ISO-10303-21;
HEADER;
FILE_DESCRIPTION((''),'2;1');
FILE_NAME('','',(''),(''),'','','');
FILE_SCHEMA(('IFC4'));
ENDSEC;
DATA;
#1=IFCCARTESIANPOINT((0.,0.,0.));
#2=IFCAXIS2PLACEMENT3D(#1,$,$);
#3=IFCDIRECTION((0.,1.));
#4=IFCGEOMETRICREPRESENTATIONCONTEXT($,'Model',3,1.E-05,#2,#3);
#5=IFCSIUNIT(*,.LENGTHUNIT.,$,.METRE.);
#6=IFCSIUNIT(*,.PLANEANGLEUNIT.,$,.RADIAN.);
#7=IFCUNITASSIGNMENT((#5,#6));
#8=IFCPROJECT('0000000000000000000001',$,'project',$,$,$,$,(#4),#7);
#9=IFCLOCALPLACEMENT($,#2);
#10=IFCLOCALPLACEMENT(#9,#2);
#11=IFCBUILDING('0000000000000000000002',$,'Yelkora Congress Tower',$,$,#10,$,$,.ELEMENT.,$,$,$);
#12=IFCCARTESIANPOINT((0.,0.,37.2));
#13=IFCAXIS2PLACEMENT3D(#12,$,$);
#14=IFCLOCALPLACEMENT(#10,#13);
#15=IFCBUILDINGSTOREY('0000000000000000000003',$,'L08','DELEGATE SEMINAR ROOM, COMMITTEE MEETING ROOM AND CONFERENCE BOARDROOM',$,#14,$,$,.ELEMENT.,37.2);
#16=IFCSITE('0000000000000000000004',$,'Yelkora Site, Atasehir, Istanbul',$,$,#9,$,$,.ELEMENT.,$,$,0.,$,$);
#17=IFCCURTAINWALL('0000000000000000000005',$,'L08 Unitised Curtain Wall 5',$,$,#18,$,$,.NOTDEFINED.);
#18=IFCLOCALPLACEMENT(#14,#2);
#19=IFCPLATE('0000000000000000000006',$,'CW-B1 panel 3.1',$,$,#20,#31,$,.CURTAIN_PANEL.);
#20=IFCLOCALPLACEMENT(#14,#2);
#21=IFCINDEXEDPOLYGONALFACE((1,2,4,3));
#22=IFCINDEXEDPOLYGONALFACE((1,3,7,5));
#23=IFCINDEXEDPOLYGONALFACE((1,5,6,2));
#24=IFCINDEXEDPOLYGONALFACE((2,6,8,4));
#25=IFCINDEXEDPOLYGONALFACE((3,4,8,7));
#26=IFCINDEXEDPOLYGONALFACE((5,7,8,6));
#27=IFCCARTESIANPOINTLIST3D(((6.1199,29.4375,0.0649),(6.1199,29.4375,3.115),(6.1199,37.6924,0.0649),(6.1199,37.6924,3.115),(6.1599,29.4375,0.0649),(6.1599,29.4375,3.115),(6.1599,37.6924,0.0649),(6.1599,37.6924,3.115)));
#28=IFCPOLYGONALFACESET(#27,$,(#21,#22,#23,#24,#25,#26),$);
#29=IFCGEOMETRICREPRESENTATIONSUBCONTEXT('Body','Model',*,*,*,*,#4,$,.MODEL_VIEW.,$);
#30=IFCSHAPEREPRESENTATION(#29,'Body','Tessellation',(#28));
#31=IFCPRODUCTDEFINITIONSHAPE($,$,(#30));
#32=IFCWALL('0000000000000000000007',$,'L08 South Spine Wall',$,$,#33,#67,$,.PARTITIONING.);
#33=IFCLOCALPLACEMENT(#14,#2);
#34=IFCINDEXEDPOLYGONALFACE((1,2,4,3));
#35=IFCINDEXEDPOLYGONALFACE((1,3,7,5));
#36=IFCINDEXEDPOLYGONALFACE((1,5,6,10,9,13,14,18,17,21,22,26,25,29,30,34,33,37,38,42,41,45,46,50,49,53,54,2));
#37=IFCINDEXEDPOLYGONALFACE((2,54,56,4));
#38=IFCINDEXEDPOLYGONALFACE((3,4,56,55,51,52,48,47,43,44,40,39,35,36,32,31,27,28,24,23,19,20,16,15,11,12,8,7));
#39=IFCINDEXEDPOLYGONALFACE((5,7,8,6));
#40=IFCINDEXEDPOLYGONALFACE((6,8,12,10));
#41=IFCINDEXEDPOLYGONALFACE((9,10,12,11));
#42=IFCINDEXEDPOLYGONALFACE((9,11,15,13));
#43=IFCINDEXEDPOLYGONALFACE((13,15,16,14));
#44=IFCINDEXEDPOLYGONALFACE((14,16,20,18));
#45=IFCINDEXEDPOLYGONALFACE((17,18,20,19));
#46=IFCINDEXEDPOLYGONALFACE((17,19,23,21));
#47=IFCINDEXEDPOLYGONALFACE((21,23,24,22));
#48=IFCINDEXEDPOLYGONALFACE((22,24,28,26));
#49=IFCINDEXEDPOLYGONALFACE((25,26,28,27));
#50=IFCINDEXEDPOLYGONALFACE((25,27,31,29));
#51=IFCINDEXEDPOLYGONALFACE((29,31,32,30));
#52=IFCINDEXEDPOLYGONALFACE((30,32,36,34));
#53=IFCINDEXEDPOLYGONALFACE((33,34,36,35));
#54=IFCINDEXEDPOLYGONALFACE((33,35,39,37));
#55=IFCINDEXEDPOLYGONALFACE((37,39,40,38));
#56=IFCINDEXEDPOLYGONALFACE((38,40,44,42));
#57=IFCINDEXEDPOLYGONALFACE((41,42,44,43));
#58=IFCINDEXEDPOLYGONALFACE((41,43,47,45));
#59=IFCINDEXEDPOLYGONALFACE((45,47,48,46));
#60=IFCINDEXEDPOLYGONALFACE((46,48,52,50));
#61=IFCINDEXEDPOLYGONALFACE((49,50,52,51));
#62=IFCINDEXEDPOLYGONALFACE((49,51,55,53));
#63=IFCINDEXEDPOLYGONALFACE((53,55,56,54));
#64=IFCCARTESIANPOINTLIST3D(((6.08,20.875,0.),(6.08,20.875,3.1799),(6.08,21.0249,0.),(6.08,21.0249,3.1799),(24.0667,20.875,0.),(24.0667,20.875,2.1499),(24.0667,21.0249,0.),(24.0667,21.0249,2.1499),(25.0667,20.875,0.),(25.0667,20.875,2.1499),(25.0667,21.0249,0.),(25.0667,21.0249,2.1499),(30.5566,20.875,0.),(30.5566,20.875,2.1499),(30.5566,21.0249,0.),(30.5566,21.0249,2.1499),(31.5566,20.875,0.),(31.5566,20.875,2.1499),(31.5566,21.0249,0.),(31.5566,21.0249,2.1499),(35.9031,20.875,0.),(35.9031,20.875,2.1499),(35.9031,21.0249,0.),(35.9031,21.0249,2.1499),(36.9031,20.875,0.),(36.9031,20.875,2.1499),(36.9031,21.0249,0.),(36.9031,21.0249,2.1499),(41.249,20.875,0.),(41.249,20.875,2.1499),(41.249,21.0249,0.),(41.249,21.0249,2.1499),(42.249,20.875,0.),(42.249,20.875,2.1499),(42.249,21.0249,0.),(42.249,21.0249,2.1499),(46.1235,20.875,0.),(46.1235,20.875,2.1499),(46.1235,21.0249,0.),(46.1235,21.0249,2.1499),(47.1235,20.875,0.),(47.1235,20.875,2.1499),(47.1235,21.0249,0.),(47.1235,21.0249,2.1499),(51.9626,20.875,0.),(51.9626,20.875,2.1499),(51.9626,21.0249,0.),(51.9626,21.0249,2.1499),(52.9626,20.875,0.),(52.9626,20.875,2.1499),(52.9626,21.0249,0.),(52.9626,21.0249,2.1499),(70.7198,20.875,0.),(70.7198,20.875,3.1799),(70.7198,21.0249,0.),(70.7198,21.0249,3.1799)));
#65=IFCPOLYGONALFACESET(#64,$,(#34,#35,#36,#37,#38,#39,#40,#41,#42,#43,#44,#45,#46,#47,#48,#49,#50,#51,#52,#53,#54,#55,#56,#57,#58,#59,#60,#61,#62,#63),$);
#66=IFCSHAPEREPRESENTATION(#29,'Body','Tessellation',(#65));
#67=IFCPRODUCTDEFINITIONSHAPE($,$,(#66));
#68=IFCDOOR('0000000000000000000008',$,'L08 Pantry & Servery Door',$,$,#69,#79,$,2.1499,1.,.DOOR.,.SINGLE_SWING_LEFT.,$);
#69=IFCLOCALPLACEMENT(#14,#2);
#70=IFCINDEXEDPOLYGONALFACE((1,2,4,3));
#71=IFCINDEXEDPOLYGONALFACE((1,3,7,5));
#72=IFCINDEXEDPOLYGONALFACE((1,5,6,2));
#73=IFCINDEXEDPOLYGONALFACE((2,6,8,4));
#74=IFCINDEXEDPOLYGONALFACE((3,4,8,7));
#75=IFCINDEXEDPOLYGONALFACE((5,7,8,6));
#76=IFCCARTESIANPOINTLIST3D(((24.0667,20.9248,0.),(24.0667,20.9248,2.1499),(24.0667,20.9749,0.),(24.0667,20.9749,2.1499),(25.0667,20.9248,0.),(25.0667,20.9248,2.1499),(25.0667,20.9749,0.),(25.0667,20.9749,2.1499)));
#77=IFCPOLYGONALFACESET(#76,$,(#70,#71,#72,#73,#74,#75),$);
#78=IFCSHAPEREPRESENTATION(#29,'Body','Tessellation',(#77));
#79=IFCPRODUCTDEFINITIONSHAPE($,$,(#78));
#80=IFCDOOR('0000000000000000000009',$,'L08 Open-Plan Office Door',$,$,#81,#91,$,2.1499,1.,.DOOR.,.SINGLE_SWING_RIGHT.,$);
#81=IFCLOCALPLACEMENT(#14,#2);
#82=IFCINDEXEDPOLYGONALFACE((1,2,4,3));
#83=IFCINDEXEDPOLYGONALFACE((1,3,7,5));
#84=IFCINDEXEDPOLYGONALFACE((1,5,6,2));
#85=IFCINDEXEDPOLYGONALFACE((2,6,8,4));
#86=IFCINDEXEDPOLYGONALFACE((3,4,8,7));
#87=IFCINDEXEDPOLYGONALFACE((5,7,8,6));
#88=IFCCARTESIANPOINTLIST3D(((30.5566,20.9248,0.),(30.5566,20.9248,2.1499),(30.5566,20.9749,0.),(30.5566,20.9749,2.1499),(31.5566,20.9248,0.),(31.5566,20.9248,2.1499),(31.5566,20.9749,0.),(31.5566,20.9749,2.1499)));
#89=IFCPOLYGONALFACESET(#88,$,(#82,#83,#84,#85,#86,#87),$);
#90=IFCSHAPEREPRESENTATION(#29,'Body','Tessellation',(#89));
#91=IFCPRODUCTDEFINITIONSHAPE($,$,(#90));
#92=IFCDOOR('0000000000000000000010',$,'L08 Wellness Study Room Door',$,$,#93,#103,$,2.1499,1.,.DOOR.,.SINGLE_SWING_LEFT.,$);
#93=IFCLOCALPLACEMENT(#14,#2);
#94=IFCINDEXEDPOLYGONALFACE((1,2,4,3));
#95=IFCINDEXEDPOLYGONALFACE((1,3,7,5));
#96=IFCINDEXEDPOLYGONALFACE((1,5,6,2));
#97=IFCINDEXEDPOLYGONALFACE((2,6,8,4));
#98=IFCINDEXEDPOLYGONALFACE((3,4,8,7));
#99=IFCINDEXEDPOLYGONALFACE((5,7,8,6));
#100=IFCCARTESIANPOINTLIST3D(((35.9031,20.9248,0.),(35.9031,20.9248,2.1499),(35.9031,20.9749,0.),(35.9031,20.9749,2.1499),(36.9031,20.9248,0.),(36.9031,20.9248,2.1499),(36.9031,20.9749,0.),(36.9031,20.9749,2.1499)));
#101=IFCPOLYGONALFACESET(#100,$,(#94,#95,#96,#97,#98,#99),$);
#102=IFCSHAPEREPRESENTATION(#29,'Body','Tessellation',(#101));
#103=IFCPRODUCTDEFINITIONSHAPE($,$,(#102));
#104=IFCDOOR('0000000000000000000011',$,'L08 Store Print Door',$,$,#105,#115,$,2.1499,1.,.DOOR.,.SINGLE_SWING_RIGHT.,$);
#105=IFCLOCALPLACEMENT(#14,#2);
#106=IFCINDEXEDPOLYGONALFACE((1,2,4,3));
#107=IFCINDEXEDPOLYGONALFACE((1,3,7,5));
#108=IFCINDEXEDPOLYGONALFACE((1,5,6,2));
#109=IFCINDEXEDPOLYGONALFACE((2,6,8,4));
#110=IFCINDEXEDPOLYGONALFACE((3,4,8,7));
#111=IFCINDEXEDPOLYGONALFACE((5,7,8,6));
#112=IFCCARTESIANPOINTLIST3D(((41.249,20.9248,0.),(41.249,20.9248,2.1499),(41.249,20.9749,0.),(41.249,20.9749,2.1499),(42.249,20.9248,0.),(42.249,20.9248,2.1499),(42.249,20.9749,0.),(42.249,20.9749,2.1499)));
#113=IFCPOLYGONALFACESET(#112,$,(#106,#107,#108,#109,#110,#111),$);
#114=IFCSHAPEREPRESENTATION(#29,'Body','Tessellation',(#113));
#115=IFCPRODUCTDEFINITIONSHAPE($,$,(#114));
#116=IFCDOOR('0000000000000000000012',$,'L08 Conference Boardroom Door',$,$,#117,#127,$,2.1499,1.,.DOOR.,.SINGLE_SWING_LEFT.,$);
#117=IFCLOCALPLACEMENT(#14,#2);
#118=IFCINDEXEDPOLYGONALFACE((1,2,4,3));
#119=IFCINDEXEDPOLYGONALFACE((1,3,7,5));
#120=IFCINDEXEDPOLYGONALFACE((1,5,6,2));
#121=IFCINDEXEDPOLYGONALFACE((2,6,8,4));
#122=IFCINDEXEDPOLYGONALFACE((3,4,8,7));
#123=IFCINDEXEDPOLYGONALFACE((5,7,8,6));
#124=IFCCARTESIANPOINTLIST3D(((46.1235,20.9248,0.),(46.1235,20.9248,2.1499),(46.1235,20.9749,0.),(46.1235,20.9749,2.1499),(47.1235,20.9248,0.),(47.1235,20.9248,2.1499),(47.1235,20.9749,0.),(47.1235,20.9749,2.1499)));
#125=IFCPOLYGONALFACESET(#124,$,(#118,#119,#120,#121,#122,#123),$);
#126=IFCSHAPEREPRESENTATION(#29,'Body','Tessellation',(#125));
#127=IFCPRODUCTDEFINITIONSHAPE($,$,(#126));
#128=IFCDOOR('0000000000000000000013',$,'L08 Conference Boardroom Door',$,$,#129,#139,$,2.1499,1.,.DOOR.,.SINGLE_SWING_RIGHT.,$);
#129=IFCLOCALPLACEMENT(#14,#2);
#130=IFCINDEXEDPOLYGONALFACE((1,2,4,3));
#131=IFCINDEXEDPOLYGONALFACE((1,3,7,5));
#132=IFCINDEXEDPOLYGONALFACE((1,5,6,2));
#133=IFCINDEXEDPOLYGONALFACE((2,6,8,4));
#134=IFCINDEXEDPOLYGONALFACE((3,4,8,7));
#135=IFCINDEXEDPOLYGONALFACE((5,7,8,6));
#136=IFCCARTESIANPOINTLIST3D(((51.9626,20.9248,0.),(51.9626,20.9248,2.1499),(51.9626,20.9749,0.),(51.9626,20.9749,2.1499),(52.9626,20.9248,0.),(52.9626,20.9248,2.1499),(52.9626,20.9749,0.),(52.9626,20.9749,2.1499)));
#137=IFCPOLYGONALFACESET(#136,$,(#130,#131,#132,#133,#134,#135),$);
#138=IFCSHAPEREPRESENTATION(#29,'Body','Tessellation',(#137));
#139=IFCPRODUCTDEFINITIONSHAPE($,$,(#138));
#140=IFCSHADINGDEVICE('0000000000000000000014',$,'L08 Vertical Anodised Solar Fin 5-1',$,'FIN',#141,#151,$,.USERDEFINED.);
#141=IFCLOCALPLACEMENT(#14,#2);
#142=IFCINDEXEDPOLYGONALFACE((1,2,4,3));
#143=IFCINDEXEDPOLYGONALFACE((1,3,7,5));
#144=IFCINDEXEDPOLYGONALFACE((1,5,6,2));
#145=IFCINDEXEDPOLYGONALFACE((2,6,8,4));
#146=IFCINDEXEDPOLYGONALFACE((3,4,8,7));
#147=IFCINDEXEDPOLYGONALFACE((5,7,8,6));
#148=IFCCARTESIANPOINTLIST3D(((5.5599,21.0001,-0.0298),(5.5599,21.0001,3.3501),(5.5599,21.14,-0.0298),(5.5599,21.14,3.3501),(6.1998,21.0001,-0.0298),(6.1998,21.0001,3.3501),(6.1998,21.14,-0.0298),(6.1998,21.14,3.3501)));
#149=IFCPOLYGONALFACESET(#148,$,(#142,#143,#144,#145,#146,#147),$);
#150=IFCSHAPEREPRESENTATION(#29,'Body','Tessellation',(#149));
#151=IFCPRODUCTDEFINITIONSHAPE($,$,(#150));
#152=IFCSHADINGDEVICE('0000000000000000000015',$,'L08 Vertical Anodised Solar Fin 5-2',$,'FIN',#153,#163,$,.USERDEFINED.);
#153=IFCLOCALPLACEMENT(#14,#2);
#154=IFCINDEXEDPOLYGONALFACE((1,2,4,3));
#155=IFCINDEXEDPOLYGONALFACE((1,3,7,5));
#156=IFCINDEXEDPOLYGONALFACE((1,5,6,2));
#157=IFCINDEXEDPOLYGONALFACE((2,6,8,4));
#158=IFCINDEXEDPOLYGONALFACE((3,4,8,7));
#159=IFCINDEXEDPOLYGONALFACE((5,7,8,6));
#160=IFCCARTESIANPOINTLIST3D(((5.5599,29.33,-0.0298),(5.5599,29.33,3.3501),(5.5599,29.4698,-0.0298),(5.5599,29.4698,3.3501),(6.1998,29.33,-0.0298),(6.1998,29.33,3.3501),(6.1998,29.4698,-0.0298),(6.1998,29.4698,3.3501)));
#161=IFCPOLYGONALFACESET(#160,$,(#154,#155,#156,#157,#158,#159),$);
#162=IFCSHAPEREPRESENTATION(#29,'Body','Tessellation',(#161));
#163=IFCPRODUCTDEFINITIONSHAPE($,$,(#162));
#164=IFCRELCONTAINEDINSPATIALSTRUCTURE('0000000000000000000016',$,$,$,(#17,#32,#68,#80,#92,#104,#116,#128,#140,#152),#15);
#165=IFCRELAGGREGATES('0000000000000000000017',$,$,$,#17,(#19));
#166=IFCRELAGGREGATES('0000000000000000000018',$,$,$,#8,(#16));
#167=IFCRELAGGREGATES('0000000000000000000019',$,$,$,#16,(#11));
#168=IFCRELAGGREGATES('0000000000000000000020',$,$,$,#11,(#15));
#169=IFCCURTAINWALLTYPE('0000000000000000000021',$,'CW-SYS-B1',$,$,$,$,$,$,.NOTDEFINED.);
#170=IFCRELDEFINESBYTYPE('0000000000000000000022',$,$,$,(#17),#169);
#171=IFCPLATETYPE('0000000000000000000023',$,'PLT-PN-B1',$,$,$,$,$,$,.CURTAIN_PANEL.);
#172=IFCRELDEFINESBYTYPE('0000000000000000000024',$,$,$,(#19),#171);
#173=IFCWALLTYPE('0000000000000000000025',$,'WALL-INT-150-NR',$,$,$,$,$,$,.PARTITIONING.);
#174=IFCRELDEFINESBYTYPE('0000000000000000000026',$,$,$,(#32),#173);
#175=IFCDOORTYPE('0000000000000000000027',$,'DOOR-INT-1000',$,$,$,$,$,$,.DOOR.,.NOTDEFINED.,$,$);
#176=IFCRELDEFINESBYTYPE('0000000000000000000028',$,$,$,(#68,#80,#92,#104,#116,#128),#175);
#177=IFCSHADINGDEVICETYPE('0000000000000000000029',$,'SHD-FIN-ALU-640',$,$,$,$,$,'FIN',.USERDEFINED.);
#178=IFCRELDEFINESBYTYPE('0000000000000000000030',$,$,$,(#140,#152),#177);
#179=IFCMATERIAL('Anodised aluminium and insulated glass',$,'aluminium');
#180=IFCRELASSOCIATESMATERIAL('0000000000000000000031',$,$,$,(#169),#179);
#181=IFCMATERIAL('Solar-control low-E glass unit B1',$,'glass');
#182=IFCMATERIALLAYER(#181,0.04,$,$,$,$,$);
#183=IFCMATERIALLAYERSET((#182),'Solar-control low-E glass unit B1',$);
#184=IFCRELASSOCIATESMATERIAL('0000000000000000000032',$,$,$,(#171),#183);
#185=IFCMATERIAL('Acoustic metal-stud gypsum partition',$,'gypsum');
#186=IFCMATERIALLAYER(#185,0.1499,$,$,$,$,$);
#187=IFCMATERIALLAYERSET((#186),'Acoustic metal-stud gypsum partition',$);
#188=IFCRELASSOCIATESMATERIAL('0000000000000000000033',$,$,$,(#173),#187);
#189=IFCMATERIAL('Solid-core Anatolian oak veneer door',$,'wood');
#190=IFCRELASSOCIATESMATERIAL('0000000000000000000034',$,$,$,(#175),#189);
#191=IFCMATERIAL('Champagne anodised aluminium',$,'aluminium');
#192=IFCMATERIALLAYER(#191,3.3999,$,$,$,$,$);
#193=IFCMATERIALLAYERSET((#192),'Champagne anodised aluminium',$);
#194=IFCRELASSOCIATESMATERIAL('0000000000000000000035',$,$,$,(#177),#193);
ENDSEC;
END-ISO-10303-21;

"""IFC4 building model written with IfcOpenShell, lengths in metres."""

from ifc_helpers import new_model, si_unit, direction, frame, frame_2d, origin, origin_2d, place, context, subcontext, project, spatial, rectangle, extrude, material, layer, layer_set, type_object, element, fill, aggregate, save


model = new_model("IFC4")

# Units and contexts
model_context = context("Model", 3, precision=1e-05, world=origin(), true_north=direction((0.0, 1.0)))
body_context = subcontext(model_context, "Body", "Model", "MODEL_VIEW")
ifc_project = project(units=[si_unit("LENGTHUNIT", "METRE"), si_unit("PLANEANGLEUNIT", "RADIAN")], contexts=[model_context])

# Site, building, storey
site_placement = place(None, origin())
site = spatial("IfcSite", under=ifc_project, at=site_placement, Name="Yelkora Site, Atasehir, Istanbul", CompositionType="ELEMENT", RefElevation=0.0)
building_placement = place(site_placement, origin())
building = spatial("IfcBuilding", under=site, at=building_placement, Name="Yelkora Congress Tower", CompositionType="ELEMENT")
storey_placement = place(building_placement, frame((0.0, 0.0, 37.2)))
storey = spatial("IfcBuildingStorey", under=building, at=storey_placement, Name="L08", Description="DELEGATE SEMINAR ROOM, COMMITTEE MEETING ROOM AND CONFERENCE BOARDROOM", CompositionType="ELEMENT", Elevation=37.2)

# Curtain wall, plate
ifc_material_1 = material(Name="Anodised aluminium and insulated glass", Category="aluminium")
curtain_wall_type = type_object("IfcCurtainWallType", Name="CW-SYS-B1", PredefinedType="NOTDEFINED", material=ifc_material_1)
curtain_wall_placement = place(storey_placement, origin())
curtain_wall = element("IfcCurtainWall", 1, at=curtain_wall_placement, inside=storey, type_object=curtain_wall_type, Name="L08 Unitised Curtain Wall 5", PredefinedType="NOTDEFINED")
ifc_material_2 = material(Name="Solar-control low-E glass unit B1", Category="glass")
ifc_layer_1 = layer(ifc_material_2, 0.04)
ifc_layer_set_1 = layer_set([ifc_layer_1], Name="Solar-control low-E glass unit B1")
plate_type = type_object("IfcPlateType", Name="PLT-PN-B1", PredefinedType="CURTAIN_PANEL", material=ifc_layer_set_1)
plate_1_placement = place(storey_placement, frame((6.1399, 33.5649, 0.0649), z_axis=(0.0, 0.0, 1.0), x_axis=(0.0, 1.0, 0.0)))
plate_1 = element("IfcPlate", 2, at=plate_1_placement, type_object=plate_type, Name="CW-B1 panel 3.1", PredefinedType="CURTAIN_PANEL", context=body_context, shape_type="SweptSolid", body=[
    extrude(rectangle(XDim=8.2549, YDim=0.04, at=origin_2d()), origin(), (0.0, 0.0, 1.0), 3.05),
])
aggregate(curtain_wall, [plate_1])

# Wall, openings, doors
ifc_material_3 = material(Name="Acoustic metal-stud gypsum partition", Category="gypsum")
ifc_layer_2 = layer(ifc_material_3, 0.1499)
ifc_layer_set_2 = layer_set([ifc_layer_2], Name="Acoustic metal-stud gypsum partition")
wall_type = type_object("IfcWallType", Name="WALL-INT-150-NR", PredefinedType="PARTITIONING", material=ifc_layer_set_2)
wall_placement = place(storey_placement, frame((6.0801, 20.95, 0.0), z_axis=(0.0, 0.0, 1.0), x_axis=(1.0, 0.0, 0.0)))
wall = element("IfcWall", 3, at=wall_placement, inside=storey, type_object=wall_type, Name="L08 South Spine Wall", PredefinedType="PARTITIONING", context=body_context, shape_type="SweptSolid", body=[
    extrude(rectangle(XDim=64.6399, YDim=0.1499, at=frame_2d((32.3198, 0.0))), origin(), (0.0, 0.0, 1.0), 3.1799),
])
opening_1_placement = place(wall_placement, frame((17.9866, 0.0, 0.0)))
opening_1 = element("IfcOpeningElement", 4, at=opening_1_placement, cuts=wall, PredefinedType="OPENING", context=body_context, shape_type="SweptSolid", body=[
    extrude(rectangle(XDim=1.0, YDim=2.1499, at=frame_2d((0.5, 1.075))), frame((0.0, 0.085, 0.0), z_axis=(0.0, -1.0, 0.0), x_axis=(1.0, 0.0, 0.0)), (0.0, 0.0, 1.0), 0.1699),
])
opening_2_placement = place(wall_placement, frame((24.4766, 0.0, 0.0)))
opening_2 = element("IfcOpeningElement", 5, at=opening_2_placement, cuts=wall, PredefinedType="OPENING", context=body_context, shape_type="SweptSolid", body=[
    extrude(rectangle(XDim=1.0, YDim=2.1499, at=frame_2d((0.5, 1.075))), frame((0.0, 0.085, 0.0), z_axis=(0.0, -1.0, 0.0), x_axis=(1.0, 0.0, 0.0)), (0.0, 0.0, 1.0), 0.1699),
])
opening_3_placement = place(wall_placement, frame((29.823, 0.0, 0.0)))
opening_3 = element("IfcOpeningElement", 6, at=opening_3_placement, cuts=wall, PredefinedType="OPENING", context=body_context, shape_type="SweptSolid", body=[
    extrude(rectangle(XDim=1.0, YDim=2.1499, at=frame_2d((0.5, 1.075))), frame((0.0, 0.085, 0.0), z_axis=(0.0, -1.0, 0.0), x_axis=(1.0, 0.0, 0.0)), (0.0, 0.0, 1.0), 0.1699),
])
opening_4_placement = place(wall_placement, frame((35.1689, 0.0, 0.0)))
opening_4 = element("IfcOpeningElement", 7, at=opening_4_placement, cuts=wall, PredefinedType="OPENING", context=body_context, shape_type="SweptSolid", body=[
    extrude(rectangle(XDim=1.0, YDim=2.1499, at=frame_2d((0.5, 1.075))), frame((0.0, 0.085, 0.0), z_axis=(0.0, -1.0, 0.0), x_axis=(1.0, 0.0, 0.0)), (0.0, 0.0, 1.0), 0.1699),
])
opening_5_placement = place(wall_placement, frame((40.0435, 0.0, 0.0)))
opening_5 = element("IfcOpeningElement", 8, at=opening_5_placement, cuts=wall, PredefinedType="OPENING", context=body_context, shape_type="SweptSolid", body=[
    extrude(rectangle(XDim=1.0, YDim=2.1499, at=frame_2d((0.5, 1.075))), frame((0.0, 0.085, 0.0), z_axis=(0.0, -1.0, 0.0), x_axis=(1.0, 0.0, 0.0)), (0.0, 0.0, 1.0), 0.1699),
])
opening_6_placement = place(wall_placement, frame((45.8826, 0.0, 0.0)))
opening_6 = element("IfcOpeningElement", 9, at=opening_6_placement, cuts=wall, PredefinedType="OPENING", context=body_context, shape_type="SweptSolid", body=[
    extrude(rectangle(XDim=1.0, YDim=2.1499, at=frame_2d((0.5, 1.075))), frame((0.0, 0.085, 0.0), z_axis=(0.0, -1.0, 0.0), x_axis=(1.0, 0.0, 0.0)), (0.0, 0.0, 1.0), 0.1699),
])
ifc_material_4 = material(Name="Solid-core Anatolian oak veneer door", Category="wood")
door_type = type_object("IfcDoorType", Name="DOOR-INT-1000", OperationType="NOTDEFINED", PredefinedType="DOOR", material=ifc_material_4)
door_1_placement = place(opening_1_placement, origin())
door_1 = element("IfcDoor", 10, at=door_1_placement, inside=storey, type_object=door_type, Name="L08 Pantry & Servery Door", OperationType="SINGLE_SWING_LEFT", OverallHeight=2.1499, OverallWidth=1.0, PredefinedType="DOOR", context=body_context, shape_type="SweptSolid", body=[
    extrude(rectangle(XDim=1.0, YDim=2.1499, at=frame_2d((0.5, 1.075))), frame((0.0, 0.0249, 0.0), z_axis=(0.0, -1.0, 0.0), x_axis=(1.0, 0.0, 0.0)), (0.0, 0.0, 1.0), 0.05),
])
fill(opening_1, door_1)
door_2_placement = place(opening_2_placement, origin())
door_2 = element("IfcDoor", 11, at=door_2_placement, inside=storey, type_object=door_type, Name="L08 Open-Plan Office Door", OperationType="SINGLE_SWING_RIGHT", OverallHeight=2.1499, OverallWidth=1.0, PredefinedType="DOOR", context=body_context, shape_type="SweptSolid", body=[
    extrude(rectangle(XDim=1.0, YDim=2.1499, at=frame_2d((0.5, 1.075))), frame((0.0, 0.0249, 0.0), z_axis=(0.0, -1.0, 0.0), x_axis=(1.0, 0.0, 0.0)), (0.0, 0.0, 1.0), 0.05),
])
fill(opening_2, door_2)
door_3_placement = place(opening_3_placement, origin())
door_3 = element("IfcDoor", 12, at=door_3_placement, inside=storey, type_object=door_type, Name="L08 Wellness Study Room Door", OperationType="SINGLE_SWING_LEFT", OverallHeight=2.1499, OverallWidth=1.0, PredefinedType="DOOR", context=body_context, shape_type="SweptSolid", body=[
    extrude(rectangle(XDim=1.0, YDim=2.1499, at=frame_2d((0.5, 1.075))), frame((0.0, 0.0249, 0.0), z_axis=(0.0, -1.0, 0.0), x_axis=(1.0, 0.0, 0.0)), (0.0, 0.0, 1.0), 0.05),
])
fill(opening_3, door_3)
door_4_placement = place(opening_4_placement, origin())
door_4 = element("IfcDoor", 13, at=door_4_placement, inside=storey, type_object=door_type, Name="L08 Store Print Door", OperationType="SINGLE_SWING_RIGHT", OverallHeight=2.1499, OverallWidth=1.0, PredefinedType="DOOR", context=body_context, shape_type="SweptSolid", body=[
    extrude(rectangle(XDim=1.0, YDim=2.1499, at=frame_2d((0.5, 1.075))), frame((0.0, 0.0249, 0.0), z_axis=(0.0, -1.0, 0.0), x_axis=(1.0, 0.0, 0.0)), (0.0, 0.0, 1.0), 0.05),
])
fill(opening_4, door_4)
door_5_placement = place(opening_5_placement, origin())
door_5 = element("IfcDoor", 14, at=door_5_placement, inside=storey, type_object=door_type, Name="L08 Conference Boardroom Door", OperationType="SINGLE_SWING_LEFT", OverallHeight=2.1499, OverallWidth=1.0, PredefinedType="DOOR", context=body_context, shape_type="SweptSolid", body=[
    extrude(rectangle(XDim=1.0, YDim=2.1499, at=frame_2d((0.5, 1.075))), frame((0.0, 0.0249, 0.0), z_axis=(0.0, -1.0, 0.0), x_axis=(1.0, 0.0, 0.0)), (0.0, 0.0, 1.0), 0.05),
])
fill(opening_5, door_5)
door_6_placement = place(opening_6_placement, origin())
door_6 = element("IfcDoor", 15, at=door_6_placement, inside=storey, type_object=door_type, Name="L08 Conference Boardroom Door", OperationType="SINGLE_SWING_RIGHT", OverallHeight=2.1499, OverallWidth=1.0, PredefinedType="DOOR", context=body_context, shape_type="SweptSolid", body=[
    extrude(rectangle(XDim=1.0, YDim=2.1499, at=frame_2d((0.5, 1.075))), frame((0.0, 0.0249, 0.0), z_axis=(0.0, -1.0, 0.0), x_axis=(1.0, 0.0, 0.0)), (0.0, 0.0, 1.0), 0.05),
])
fill(opening_6, door_6)

# Shading devices
ifc_material_5 = material(Name="Champagne anodised aluminium", Category="aluminium")
ifc_layer_3 = layer(ifc_material_5, 3.3999)
ifc_layer_set_3 = layer_set([ifc_layer_3], Name="Champagne anodised aluminium")
shading_device_type = type_object("IfcShadingDeviceType", Name="SHD-FIN-ALU-640", ElementType="FIN", PredefinedType="USERDEFINED", material=ifc_layer_set_3)
for number, where, z_axis, x_axis, name in (
    (16, (5.8799, 21.0701, -0.0298), (0.0, 0.0, 1.0), (0.0, 1.0, 0.0), "L08 Vertical Anodised Solar Fin 5-1"),
    (17, (5.8799, 29.3999, -0.0298), (0.0, 0.0, 1.0), (0.0, 1.0, 0.0), "L08 Vertical Anodised Solar Fin 5-2"),
):
    element("IfcShadingDevice", number, at=place(storey_placement, frame(where, z_axis=z_axis, x_axis=x_axis)), inside=storey, type_object=shading_device_type, Name=name, ObjectType="FIN", PredefinedType="USERDEFINED", context=body_context, shape_type="SweptSolid", body=[
        extrude(rectangle(XDim=0.1399, YDim=0.6399, at=origin_2d()), origin(), (0.0, 0.0, 1.0), 3.3799),
    ])

save(model, "model.ifc")
